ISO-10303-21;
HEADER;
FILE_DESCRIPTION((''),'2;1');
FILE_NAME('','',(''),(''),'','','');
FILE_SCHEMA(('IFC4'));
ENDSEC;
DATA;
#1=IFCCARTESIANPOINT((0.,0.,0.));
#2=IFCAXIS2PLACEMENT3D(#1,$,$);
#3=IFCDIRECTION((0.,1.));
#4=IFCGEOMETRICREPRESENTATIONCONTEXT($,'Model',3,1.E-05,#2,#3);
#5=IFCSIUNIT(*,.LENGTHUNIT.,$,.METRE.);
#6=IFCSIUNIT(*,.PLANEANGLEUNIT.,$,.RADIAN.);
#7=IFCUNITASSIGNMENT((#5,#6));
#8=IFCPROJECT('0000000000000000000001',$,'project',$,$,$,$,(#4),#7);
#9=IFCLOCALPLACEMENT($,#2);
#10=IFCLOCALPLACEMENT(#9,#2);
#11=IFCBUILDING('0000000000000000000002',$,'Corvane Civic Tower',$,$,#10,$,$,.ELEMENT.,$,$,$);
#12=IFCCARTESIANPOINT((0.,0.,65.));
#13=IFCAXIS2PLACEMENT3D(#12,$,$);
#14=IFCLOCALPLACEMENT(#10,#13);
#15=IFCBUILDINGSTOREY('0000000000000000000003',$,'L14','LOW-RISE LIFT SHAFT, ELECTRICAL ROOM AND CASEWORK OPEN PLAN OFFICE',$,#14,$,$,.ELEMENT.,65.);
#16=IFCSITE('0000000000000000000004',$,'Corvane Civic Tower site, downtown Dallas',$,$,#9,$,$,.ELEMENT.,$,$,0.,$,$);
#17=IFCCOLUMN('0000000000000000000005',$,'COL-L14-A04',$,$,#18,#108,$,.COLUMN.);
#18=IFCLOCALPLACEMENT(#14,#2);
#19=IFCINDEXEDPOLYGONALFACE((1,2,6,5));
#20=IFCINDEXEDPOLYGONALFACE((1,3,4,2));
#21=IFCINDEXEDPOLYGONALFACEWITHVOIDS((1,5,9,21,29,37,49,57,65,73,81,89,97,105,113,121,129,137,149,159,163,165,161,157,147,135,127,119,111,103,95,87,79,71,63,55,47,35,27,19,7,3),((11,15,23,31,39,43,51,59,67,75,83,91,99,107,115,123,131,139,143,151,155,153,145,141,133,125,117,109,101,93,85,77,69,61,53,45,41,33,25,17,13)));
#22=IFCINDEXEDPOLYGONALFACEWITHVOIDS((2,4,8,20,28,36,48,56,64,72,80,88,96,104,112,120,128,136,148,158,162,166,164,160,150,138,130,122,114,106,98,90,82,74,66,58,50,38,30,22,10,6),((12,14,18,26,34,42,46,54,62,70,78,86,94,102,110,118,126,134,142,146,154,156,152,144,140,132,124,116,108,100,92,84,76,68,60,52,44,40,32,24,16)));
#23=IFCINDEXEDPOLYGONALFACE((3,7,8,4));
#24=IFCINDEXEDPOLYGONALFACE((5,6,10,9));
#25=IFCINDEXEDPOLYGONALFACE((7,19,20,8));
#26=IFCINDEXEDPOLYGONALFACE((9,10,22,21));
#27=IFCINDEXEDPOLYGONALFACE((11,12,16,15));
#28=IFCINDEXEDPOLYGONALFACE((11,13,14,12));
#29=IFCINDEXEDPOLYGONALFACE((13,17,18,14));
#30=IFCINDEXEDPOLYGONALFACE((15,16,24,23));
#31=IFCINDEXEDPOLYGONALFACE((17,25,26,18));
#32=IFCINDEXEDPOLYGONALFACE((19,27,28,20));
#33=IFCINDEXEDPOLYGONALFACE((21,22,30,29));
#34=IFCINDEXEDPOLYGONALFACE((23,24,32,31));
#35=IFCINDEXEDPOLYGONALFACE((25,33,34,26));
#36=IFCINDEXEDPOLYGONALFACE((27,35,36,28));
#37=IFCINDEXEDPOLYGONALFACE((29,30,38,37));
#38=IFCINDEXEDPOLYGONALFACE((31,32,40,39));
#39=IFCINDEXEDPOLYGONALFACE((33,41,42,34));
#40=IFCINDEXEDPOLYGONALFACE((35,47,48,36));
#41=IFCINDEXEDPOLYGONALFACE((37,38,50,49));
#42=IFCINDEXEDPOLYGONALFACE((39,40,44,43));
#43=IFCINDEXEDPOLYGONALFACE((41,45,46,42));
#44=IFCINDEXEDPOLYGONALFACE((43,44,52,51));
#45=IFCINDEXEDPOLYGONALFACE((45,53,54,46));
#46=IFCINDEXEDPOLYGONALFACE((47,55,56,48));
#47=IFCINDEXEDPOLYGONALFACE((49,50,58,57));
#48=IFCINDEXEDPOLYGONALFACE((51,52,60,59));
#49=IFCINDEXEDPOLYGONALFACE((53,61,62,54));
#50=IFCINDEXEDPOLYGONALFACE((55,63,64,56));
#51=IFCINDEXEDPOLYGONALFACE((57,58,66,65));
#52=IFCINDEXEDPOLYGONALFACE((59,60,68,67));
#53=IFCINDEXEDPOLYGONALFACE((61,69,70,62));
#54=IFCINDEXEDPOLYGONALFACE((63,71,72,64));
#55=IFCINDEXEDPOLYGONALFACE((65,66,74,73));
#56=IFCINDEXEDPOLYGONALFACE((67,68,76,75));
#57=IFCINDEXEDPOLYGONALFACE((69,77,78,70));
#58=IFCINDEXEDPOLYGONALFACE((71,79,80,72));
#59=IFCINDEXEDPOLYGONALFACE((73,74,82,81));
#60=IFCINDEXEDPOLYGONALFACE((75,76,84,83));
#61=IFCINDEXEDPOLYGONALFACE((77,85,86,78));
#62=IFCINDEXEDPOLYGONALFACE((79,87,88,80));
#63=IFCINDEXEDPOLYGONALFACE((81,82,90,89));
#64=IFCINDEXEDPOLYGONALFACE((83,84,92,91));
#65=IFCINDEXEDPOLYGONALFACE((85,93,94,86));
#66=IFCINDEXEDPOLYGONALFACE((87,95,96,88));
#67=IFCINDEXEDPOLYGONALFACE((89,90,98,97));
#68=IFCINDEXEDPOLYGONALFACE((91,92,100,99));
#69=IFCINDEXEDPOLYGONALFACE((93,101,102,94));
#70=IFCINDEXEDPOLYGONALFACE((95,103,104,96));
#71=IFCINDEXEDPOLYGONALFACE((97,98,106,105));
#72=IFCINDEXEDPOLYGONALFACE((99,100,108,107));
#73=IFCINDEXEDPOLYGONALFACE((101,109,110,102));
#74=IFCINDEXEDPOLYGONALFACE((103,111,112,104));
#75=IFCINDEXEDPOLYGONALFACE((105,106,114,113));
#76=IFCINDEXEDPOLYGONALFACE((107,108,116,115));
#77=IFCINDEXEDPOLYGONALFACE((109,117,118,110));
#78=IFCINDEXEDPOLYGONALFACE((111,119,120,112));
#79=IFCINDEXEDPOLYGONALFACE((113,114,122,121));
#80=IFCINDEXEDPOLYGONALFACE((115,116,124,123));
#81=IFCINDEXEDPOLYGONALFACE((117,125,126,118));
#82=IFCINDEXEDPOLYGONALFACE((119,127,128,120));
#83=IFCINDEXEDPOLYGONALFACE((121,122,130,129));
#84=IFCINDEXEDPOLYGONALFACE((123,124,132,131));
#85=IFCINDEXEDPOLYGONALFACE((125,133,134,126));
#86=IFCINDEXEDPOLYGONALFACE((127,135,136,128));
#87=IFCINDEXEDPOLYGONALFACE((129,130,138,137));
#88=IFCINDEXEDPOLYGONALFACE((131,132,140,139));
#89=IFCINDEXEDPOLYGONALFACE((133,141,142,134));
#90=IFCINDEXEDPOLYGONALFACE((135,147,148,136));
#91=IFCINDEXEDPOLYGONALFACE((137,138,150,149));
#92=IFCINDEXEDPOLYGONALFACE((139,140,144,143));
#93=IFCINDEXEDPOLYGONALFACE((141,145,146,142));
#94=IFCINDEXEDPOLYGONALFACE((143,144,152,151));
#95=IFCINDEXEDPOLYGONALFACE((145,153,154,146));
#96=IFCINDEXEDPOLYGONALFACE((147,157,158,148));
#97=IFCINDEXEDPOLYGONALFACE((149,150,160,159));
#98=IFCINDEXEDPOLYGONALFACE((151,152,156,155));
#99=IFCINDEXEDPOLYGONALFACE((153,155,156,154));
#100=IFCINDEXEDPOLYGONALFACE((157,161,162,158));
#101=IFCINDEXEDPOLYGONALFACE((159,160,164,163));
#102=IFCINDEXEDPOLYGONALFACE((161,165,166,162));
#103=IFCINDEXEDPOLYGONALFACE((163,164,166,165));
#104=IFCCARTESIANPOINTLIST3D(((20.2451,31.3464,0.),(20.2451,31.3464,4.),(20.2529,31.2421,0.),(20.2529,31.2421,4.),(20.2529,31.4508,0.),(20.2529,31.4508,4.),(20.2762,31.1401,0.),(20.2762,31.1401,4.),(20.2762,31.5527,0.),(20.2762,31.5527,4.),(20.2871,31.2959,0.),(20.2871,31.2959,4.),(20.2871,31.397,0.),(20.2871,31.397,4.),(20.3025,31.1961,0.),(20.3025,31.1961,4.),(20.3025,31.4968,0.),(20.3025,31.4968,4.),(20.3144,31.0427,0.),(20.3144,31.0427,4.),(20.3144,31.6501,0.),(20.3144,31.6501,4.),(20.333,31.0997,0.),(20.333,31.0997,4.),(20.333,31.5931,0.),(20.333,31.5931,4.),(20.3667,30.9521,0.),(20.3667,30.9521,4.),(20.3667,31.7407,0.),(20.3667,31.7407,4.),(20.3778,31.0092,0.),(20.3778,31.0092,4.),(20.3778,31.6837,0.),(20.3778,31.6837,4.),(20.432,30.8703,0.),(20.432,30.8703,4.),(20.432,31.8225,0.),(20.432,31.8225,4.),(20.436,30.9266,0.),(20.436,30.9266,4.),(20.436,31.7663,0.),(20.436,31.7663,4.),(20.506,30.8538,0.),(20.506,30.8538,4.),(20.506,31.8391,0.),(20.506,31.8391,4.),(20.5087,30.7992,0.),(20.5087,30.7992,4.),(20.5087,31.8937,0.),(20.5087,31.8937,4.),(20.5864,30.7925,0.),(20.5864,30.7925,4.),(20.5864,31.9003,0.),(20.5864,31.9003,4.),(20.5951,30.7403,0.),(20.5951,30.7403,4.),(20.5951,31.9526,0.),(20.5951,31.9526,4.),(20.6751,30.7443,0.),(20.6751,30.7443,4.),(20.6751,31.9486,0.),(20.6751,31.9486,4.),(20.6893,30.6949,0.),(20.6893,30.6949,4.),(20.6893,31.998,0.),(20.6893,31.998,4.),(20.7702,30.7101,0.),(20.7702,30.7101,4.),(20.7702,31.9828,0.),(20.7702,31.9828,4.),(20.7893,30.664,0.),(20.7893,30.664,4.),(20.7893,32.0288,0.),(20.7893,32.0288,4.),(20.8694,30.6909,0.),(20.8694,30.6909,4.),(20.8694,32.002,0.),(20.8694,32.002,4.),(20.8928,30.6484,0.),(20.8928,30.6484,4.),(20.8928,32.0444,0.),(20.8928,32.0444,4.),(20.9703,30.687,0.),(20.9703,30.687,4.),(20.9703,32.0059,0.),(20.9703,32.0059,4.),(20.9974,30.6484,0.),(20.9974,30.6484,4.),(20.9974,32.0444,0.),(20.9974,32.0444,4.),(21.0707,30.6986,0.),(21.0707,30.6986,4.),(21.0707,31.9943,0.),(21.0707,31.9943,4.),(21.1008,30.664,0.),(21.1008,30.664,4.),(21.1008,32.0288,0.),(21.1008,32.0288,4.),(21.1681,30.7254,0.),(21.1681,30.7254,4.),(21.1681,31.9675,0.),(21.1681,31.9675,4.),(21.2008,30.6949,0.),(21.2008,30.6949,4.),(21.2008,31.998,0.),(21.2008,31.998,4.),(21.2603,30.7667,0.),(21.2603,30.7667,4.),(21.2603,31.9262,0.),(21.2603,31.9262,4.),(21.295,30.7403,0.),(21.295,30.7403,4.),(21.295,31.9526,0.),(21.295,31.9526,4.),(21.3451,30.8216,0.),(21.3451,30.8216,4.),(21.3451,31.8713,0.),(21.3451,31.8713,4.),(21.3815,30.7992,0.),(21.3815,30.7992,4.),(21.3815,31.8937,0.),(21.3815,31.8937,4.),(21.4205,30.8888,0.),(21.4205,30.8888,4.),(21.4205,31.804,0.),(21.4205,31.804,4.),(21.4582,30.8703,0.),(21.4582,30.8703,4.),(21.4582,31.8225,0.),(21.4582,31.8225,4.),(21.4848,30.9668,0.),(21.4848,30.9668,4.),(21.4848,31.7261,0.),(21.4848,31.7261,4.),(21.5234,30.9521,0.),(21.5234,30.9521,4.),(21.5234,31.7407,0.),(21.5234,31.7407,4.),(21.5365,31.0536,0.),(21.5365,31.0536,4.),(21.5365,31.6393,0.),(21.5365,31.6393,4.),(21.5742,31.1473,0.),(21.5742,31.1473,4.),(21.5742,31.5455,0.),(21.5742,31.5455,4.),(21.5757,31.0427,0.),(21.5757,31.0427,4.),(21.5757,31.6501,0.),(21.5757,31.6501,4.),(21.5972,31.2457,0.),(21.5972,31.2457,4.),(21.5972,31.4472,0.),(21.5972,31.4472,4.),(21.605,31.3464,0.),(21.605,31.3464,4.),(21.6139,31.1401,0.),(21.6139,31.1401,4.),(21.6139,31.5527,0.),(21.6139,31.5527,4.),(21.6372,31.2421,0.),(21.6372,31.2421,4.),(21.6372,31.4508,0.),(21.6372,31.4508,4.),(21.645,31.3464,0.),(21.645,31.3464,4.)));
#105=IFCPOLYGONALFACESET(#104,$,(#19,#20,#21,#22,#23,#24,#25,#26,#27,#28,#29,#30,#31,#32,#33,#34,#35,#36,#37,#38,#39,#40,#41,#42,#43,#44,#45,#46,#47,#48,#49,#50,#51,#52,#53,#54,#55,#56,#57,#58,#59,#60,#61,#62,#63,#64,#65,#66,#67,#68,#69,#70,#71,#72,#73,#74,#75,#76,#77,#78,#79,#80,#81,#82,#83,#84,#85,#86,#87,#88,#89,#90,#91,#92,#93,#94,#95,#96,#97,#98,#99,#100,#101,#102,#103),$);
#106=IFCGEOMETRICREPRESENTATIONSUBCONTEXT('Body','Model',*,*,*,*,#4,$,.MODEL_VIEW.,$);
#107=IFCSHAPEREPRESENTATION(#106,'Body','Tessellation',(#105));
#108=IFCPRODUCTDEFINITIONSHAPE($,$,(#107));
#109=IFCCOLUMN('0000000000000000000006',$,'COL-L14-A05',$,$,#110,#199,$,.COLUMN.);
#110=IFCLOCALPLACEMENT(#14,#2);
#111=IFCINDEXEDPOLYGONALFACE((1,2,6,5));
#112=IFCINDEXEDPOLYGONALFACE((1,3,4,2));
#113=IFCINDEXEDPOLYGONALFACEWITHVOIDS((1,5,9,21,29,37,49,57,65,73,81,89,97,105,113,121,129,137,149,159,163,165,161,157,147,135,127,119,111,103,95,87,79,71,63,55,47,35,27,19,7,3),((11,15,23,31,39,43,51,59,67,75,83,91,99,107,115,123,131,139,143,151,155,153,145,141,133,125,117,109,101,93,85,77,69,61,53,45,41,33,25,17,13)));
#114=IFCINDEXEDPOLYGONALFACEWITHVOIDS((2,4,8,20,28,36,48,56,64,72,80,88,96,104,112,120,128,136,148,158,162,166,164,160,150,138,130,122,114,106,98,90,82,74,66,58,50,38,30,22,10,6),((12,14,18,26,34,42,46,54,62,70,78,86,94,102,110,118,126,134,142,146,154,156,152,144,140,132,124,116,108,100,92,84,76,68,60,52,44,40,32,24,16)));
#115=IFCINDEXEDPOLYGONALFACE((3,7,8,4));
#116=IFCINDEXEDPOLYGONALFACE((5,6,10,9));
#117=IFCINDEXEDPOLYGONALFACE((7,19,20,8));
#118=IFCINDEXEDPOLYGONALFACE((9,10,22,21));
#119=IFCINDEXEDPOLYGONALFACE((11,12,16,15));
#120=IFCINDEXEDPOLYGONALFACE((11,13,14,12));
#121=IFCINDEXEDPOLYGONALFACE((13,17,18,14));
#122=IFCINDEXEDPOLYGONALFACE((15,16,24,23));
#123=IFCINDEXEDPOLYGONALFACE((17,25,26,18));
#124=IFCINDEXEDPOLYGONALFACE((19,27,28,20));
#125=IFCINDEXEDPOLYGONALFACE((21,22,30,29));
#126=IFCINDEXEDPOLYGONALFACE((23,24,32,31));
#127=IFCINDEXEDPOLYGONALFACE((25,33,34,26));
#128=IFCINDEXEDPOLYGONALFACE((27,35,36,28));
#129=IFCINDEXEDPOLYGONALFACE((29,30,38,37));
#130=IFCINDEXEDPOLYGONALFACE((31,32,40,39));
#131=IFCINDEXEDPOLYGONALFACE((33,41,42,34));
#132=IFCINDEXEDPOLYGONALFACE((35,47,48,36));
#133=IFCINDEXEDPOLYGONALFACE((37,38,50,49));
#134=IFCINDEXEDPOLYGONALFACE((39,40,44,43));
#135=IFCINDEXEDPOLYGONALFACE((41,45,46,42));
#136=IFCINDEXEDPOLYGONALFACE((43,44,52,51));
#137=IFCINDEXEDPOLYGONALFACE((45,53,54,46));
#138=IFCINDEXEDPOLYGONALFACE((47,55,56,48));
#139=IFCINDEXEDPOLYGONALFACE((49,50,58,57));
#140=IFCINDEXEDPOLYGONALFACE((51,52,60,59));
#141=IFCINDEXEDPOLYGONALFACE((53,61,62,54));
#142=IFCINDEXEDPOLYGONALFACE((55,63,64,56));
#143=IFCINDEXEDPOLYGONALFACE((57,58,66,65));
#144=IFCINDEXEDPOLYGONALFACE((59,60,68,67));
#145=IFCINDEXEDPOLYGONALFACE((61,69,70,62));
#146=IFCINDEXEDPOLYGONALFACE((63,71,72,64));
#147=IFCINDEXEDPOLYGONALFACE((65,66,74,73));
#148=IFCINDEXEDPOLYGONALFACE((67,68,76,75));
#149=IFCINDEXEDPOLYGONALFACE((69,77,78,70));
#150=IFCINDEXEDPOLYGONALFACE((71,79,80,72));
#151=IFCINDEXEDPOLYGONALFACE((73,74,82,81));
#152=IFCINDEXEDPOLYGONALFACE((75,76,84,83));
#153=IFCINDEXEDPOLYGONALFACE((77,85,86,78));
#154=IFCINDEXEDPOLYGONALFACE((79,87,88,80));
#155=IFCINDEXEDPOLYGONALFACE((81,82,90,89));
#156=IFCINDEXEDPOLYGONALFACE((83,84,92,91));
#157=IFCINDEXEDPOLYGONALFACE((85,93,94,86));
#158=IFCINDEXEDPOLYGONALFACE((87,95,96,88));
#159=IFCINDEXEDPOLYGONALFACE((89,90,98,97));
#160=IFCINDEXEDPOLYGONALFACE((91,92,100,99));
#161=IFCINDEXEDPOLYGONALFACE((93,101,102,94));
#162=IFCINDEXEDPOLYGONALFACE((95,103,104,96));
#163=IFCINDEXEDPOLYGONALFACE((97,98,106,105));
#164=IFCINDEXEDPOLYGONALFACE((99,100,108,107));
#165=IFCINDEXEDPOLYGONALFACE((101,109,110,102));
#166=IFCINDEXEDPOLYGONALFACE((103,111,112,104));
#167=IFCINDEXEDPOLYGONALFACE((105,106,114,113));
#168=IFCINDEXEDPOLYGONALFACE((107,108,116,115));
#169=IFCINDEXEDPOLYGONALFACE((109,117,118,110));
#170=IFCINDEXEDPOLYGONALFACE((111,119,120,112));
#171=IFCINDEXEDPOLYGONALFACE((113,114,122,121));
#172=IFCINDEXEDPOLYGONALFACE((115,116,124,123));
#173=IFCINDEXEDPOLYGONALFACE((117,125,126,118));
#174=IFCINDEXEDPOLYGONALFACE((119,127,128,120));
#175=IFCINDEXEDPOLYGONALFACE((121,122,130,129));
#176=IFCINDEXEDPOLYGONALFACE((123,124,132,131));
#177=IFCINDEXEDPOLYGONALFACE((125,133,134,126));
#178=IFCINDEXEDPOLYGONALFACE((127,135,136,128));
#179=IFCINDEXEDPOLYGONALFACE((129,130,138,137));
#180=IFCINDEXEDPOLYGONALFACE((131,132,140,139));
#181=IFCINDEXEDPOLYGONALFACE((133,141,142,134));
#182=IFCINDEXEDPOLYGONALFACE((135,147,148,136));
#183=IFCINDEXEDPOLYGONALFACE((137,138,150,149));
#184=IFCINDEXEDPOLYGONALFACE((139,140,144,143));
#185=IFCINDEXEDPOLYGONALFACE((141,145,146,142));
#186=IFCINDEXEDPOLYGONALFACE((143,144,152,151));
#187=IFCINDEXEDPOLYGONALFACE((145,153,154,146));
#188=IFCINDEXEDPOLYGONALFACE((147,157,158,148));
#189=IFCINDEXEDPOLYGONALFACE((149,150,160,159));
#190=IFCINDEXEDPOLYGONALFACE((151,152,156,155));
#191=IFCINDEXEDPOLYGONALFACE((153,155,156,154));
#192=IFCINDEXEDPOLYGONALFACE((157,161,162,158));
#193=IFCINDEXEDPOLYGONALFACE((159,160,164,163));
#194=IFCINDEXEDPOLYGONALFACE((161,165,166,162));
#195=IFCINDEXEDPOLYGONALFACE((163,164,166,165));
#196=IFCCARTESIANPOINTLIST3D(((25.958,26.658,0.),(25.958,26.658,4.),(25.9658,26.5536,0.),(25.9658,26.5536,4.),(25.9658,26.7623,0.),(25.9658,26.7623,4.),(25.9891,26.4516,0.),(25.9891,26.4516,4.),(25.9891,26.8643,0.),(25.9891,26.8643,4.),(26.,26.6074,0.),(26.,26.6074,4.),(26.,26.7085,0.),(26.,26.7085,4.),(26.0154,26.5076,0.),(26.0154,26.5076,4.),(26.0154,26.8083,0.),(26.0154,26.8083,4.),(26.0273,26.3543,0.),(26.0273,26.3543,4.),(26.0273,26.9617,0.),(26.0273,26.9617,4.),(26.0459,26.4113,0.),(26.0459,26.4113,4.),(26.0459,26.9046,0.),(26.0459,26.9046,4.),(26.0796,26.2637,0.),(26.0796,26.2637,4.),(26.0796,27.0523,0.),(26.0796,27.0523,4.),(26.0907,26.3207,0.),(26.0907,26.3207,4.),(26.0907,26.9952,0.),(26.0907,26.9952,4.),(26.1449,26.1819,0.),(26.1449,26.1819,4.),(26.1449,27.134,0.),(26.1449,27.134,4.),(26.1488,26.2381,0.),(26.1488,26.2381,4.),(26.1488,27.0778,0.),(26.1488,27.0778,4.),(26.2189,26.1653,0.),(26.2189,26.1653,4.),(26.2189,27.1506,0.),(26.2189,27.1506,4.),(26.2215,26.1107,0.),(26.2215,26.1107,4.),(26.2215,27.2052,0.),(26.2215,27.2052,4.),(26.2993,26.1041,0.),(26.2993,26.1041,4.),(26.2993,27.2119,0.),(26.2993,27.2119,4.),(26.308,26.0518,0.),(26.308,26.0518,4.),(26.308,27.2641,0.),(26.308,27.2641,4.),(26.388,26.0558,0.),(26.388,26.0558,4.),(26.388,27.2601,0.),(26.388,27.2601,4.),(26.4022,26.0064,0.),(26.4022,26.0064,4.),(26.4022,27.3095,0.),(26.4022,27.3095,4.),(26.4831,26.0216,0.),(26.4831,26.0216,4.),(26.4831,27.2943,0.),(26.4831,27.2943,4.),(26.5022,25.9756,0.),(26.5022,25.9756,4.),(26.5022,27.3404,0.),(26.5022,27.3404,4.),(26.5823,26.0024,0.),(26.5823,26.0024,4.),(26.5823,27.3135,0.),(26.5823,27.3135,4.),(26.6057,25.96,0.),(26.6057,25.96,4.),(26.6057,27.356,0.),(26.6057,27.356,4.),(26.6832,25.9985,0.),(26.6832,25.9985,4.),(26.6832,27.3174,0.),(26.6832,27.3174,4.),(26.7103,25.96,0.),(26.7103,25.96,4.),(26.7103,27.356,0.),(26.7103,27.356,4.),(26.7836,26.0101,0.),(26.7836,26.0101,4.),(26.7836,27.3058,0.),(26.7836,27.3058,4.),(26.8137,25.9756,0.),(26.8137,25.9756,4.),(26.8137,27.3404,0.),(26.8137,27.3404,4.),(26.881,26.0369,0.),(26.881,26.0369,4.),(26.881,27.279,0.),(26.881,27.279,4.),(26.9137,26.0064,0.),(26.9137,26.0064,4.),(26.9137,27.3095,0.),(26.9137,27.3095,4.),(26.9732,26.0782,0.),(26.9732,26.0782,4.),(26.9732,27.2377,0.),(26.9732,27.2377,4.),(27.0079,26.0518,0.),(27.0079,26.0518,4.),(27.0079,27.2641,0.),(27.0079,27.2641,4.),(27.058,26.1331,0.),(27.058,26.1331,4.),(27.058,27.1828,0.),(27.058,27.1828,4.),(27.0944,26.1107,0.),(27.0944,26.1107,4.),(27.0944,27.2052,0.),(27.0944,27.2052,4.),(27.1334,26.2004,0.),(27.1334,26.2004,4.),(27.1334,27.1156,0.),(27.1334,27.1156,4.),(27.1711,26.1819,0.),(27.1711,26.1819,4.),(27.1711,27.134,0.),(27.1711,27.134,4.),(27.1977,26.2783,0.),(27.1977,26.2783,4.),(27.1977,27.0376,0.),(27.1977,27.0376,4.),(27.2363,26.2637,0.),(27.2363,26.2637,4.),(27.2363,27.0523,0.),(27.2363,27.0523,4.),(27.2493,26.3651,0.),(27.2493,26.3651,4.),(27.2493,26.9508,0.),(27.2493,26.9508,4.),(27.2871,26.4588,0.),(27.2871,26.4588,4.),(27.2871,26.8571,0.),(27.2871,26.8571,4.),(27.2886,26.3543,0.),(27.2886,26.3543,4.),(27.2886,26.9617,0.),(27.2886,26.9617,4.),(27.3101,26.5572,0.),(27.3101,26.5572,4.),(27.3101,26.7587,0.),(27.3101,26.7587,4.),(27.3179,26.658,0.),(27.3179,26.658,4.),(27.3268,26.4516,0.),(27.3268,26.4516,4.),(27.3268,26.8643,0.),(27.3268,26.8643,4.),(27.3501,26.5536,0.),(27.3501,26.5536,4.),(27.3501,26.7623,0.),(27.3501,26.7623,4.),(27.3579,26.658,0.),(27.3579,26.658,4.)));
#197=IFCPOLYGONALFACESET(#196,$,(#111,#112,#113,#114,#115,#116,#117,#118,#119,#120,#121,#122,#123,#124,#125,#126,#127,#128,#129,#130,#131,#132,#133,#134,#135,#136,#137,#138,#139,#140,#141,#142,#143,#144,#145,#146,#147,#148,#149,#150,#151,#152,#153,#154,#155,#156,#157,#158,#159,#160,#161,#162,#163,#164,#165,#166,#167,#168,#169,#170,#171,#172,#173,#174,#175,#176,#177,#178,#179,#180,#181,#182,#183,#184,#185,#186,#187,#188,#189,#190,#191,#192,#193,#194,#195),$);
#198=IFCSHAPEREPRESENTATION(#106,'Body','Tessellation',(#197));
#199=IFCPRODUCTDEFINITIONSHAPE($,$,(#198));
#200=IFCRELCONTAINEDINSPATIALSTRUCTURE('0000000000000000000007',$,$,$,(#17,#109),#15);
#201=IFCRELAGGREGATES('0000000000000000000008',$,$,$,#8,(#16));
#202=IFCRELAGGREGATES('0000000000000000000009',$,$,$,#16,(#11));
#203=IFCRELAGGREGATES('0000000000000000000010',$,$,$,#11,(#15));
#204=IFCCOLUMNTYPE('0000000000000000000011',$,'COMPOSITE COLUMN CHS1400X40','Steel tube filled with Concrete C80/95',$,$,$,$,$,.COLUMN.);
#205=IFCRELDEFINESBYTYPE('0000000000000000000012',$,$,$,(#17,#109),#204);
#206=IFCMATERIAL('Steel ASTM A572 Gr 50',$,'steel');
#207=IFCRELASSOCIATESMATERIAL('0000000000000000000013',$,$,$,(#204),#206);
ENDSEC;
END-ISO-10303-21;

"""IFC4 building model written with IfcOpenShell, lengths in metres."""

from ifc_helpers import new_model, si_unit, direction, frame, origin, origin_2d, place, context, subcontext, project, spatial, hollow_circle, extrude, material, material_profile, profile_set, type_object, element, save


model = new_model("IFC4")

# Units and contexts
model_context = context("Model", 3, precision=1e-05, world=origin(), true_north=direction((0.0, 1.0)))
body_context = subcontext(model_context, "Body", "Model", "MODEL_VIEW")
ifc_project = project(units=[si_unit("LENGTHUNIT", "METRE"), si_unit("PLANEANGLEUNIT", "RADIAN")], contexts=[model_context])

# Site, building, storey
site_placement = place(None, origin())
site = spatial("IfcSite", under=ifc_project, at=site_placement, Name="Corvane Civic Tower site, downtown Dallas", CompositionType="ELEMENT", RefElevation=0.0)
building_placement = place(site_placement, origin())
building = spatial("IfcBuilding", under=site, at=building_placement, Name="Corvane Civic Tower", CompositionType="ELEMENT")
storey_placement = place(building_placement, frame((0.0, 0.0, 65.0)))
storey = spatial("IfcBuildingStorey", under=building, at=storey_placement, Name="L14", Description="LOW-RISE LIFT SHAFT, ELECTRICAL ROOM AND CASEWORK OPEN PLAN OFFICE", CompositionType="ELEMENT", Elevation=65.0)

# Columns
ifc_material_1 = material(Name="Steel ASTM A572 Gr 50", Category="steel")
ifc_material_profile_1 = material_profile(ifc_material_1, hollow_circle(Radius=0.7, WallThickness=0.04, at=origin_2d()), Name="CHS1400X40")
ifc_profile_set_1 = profile_set([ifc_material_profile_1], Name="Steel ASTM A572 Gr 50")
column_type = type_object("IfcColumnType", Name="COMPOSITE COLUMN CHS1400X40", Description="Steel tube filled with Concrete C80/95", PredefinedType="COLUMN", material=ifc_profile_set_1)
for number, where, z_axis, x_axis, name in (
    (1, (20.9451, 31.3464, 0.0), (0.0, 0.0, 1.0), (1.0, 0.0, 0.0), "COL-L14-A04"),
    (2, (26.658, 26.658, 0.0), (0.0, 0.0, 1.0), (1.0, 0.0, 0.0), "COL-L14-A05"),
):
    element("IfcColumn", number, at=place(storey_placement, frame(where, z_axis=z_axis, x_axis=x_axis)), inside=storey, type_object=column_type, Name=name, PredefinedType="COLUMN", context=body_context, shape_type="SweptSolid", body=[
        extrude(hollow_circle(Radius=0.7, WallThickness=0.04, at=origin_2d()), origin(), (0.0, 0.0, 1.0), 4.0),
    ])

save(model, "model.ifc")
